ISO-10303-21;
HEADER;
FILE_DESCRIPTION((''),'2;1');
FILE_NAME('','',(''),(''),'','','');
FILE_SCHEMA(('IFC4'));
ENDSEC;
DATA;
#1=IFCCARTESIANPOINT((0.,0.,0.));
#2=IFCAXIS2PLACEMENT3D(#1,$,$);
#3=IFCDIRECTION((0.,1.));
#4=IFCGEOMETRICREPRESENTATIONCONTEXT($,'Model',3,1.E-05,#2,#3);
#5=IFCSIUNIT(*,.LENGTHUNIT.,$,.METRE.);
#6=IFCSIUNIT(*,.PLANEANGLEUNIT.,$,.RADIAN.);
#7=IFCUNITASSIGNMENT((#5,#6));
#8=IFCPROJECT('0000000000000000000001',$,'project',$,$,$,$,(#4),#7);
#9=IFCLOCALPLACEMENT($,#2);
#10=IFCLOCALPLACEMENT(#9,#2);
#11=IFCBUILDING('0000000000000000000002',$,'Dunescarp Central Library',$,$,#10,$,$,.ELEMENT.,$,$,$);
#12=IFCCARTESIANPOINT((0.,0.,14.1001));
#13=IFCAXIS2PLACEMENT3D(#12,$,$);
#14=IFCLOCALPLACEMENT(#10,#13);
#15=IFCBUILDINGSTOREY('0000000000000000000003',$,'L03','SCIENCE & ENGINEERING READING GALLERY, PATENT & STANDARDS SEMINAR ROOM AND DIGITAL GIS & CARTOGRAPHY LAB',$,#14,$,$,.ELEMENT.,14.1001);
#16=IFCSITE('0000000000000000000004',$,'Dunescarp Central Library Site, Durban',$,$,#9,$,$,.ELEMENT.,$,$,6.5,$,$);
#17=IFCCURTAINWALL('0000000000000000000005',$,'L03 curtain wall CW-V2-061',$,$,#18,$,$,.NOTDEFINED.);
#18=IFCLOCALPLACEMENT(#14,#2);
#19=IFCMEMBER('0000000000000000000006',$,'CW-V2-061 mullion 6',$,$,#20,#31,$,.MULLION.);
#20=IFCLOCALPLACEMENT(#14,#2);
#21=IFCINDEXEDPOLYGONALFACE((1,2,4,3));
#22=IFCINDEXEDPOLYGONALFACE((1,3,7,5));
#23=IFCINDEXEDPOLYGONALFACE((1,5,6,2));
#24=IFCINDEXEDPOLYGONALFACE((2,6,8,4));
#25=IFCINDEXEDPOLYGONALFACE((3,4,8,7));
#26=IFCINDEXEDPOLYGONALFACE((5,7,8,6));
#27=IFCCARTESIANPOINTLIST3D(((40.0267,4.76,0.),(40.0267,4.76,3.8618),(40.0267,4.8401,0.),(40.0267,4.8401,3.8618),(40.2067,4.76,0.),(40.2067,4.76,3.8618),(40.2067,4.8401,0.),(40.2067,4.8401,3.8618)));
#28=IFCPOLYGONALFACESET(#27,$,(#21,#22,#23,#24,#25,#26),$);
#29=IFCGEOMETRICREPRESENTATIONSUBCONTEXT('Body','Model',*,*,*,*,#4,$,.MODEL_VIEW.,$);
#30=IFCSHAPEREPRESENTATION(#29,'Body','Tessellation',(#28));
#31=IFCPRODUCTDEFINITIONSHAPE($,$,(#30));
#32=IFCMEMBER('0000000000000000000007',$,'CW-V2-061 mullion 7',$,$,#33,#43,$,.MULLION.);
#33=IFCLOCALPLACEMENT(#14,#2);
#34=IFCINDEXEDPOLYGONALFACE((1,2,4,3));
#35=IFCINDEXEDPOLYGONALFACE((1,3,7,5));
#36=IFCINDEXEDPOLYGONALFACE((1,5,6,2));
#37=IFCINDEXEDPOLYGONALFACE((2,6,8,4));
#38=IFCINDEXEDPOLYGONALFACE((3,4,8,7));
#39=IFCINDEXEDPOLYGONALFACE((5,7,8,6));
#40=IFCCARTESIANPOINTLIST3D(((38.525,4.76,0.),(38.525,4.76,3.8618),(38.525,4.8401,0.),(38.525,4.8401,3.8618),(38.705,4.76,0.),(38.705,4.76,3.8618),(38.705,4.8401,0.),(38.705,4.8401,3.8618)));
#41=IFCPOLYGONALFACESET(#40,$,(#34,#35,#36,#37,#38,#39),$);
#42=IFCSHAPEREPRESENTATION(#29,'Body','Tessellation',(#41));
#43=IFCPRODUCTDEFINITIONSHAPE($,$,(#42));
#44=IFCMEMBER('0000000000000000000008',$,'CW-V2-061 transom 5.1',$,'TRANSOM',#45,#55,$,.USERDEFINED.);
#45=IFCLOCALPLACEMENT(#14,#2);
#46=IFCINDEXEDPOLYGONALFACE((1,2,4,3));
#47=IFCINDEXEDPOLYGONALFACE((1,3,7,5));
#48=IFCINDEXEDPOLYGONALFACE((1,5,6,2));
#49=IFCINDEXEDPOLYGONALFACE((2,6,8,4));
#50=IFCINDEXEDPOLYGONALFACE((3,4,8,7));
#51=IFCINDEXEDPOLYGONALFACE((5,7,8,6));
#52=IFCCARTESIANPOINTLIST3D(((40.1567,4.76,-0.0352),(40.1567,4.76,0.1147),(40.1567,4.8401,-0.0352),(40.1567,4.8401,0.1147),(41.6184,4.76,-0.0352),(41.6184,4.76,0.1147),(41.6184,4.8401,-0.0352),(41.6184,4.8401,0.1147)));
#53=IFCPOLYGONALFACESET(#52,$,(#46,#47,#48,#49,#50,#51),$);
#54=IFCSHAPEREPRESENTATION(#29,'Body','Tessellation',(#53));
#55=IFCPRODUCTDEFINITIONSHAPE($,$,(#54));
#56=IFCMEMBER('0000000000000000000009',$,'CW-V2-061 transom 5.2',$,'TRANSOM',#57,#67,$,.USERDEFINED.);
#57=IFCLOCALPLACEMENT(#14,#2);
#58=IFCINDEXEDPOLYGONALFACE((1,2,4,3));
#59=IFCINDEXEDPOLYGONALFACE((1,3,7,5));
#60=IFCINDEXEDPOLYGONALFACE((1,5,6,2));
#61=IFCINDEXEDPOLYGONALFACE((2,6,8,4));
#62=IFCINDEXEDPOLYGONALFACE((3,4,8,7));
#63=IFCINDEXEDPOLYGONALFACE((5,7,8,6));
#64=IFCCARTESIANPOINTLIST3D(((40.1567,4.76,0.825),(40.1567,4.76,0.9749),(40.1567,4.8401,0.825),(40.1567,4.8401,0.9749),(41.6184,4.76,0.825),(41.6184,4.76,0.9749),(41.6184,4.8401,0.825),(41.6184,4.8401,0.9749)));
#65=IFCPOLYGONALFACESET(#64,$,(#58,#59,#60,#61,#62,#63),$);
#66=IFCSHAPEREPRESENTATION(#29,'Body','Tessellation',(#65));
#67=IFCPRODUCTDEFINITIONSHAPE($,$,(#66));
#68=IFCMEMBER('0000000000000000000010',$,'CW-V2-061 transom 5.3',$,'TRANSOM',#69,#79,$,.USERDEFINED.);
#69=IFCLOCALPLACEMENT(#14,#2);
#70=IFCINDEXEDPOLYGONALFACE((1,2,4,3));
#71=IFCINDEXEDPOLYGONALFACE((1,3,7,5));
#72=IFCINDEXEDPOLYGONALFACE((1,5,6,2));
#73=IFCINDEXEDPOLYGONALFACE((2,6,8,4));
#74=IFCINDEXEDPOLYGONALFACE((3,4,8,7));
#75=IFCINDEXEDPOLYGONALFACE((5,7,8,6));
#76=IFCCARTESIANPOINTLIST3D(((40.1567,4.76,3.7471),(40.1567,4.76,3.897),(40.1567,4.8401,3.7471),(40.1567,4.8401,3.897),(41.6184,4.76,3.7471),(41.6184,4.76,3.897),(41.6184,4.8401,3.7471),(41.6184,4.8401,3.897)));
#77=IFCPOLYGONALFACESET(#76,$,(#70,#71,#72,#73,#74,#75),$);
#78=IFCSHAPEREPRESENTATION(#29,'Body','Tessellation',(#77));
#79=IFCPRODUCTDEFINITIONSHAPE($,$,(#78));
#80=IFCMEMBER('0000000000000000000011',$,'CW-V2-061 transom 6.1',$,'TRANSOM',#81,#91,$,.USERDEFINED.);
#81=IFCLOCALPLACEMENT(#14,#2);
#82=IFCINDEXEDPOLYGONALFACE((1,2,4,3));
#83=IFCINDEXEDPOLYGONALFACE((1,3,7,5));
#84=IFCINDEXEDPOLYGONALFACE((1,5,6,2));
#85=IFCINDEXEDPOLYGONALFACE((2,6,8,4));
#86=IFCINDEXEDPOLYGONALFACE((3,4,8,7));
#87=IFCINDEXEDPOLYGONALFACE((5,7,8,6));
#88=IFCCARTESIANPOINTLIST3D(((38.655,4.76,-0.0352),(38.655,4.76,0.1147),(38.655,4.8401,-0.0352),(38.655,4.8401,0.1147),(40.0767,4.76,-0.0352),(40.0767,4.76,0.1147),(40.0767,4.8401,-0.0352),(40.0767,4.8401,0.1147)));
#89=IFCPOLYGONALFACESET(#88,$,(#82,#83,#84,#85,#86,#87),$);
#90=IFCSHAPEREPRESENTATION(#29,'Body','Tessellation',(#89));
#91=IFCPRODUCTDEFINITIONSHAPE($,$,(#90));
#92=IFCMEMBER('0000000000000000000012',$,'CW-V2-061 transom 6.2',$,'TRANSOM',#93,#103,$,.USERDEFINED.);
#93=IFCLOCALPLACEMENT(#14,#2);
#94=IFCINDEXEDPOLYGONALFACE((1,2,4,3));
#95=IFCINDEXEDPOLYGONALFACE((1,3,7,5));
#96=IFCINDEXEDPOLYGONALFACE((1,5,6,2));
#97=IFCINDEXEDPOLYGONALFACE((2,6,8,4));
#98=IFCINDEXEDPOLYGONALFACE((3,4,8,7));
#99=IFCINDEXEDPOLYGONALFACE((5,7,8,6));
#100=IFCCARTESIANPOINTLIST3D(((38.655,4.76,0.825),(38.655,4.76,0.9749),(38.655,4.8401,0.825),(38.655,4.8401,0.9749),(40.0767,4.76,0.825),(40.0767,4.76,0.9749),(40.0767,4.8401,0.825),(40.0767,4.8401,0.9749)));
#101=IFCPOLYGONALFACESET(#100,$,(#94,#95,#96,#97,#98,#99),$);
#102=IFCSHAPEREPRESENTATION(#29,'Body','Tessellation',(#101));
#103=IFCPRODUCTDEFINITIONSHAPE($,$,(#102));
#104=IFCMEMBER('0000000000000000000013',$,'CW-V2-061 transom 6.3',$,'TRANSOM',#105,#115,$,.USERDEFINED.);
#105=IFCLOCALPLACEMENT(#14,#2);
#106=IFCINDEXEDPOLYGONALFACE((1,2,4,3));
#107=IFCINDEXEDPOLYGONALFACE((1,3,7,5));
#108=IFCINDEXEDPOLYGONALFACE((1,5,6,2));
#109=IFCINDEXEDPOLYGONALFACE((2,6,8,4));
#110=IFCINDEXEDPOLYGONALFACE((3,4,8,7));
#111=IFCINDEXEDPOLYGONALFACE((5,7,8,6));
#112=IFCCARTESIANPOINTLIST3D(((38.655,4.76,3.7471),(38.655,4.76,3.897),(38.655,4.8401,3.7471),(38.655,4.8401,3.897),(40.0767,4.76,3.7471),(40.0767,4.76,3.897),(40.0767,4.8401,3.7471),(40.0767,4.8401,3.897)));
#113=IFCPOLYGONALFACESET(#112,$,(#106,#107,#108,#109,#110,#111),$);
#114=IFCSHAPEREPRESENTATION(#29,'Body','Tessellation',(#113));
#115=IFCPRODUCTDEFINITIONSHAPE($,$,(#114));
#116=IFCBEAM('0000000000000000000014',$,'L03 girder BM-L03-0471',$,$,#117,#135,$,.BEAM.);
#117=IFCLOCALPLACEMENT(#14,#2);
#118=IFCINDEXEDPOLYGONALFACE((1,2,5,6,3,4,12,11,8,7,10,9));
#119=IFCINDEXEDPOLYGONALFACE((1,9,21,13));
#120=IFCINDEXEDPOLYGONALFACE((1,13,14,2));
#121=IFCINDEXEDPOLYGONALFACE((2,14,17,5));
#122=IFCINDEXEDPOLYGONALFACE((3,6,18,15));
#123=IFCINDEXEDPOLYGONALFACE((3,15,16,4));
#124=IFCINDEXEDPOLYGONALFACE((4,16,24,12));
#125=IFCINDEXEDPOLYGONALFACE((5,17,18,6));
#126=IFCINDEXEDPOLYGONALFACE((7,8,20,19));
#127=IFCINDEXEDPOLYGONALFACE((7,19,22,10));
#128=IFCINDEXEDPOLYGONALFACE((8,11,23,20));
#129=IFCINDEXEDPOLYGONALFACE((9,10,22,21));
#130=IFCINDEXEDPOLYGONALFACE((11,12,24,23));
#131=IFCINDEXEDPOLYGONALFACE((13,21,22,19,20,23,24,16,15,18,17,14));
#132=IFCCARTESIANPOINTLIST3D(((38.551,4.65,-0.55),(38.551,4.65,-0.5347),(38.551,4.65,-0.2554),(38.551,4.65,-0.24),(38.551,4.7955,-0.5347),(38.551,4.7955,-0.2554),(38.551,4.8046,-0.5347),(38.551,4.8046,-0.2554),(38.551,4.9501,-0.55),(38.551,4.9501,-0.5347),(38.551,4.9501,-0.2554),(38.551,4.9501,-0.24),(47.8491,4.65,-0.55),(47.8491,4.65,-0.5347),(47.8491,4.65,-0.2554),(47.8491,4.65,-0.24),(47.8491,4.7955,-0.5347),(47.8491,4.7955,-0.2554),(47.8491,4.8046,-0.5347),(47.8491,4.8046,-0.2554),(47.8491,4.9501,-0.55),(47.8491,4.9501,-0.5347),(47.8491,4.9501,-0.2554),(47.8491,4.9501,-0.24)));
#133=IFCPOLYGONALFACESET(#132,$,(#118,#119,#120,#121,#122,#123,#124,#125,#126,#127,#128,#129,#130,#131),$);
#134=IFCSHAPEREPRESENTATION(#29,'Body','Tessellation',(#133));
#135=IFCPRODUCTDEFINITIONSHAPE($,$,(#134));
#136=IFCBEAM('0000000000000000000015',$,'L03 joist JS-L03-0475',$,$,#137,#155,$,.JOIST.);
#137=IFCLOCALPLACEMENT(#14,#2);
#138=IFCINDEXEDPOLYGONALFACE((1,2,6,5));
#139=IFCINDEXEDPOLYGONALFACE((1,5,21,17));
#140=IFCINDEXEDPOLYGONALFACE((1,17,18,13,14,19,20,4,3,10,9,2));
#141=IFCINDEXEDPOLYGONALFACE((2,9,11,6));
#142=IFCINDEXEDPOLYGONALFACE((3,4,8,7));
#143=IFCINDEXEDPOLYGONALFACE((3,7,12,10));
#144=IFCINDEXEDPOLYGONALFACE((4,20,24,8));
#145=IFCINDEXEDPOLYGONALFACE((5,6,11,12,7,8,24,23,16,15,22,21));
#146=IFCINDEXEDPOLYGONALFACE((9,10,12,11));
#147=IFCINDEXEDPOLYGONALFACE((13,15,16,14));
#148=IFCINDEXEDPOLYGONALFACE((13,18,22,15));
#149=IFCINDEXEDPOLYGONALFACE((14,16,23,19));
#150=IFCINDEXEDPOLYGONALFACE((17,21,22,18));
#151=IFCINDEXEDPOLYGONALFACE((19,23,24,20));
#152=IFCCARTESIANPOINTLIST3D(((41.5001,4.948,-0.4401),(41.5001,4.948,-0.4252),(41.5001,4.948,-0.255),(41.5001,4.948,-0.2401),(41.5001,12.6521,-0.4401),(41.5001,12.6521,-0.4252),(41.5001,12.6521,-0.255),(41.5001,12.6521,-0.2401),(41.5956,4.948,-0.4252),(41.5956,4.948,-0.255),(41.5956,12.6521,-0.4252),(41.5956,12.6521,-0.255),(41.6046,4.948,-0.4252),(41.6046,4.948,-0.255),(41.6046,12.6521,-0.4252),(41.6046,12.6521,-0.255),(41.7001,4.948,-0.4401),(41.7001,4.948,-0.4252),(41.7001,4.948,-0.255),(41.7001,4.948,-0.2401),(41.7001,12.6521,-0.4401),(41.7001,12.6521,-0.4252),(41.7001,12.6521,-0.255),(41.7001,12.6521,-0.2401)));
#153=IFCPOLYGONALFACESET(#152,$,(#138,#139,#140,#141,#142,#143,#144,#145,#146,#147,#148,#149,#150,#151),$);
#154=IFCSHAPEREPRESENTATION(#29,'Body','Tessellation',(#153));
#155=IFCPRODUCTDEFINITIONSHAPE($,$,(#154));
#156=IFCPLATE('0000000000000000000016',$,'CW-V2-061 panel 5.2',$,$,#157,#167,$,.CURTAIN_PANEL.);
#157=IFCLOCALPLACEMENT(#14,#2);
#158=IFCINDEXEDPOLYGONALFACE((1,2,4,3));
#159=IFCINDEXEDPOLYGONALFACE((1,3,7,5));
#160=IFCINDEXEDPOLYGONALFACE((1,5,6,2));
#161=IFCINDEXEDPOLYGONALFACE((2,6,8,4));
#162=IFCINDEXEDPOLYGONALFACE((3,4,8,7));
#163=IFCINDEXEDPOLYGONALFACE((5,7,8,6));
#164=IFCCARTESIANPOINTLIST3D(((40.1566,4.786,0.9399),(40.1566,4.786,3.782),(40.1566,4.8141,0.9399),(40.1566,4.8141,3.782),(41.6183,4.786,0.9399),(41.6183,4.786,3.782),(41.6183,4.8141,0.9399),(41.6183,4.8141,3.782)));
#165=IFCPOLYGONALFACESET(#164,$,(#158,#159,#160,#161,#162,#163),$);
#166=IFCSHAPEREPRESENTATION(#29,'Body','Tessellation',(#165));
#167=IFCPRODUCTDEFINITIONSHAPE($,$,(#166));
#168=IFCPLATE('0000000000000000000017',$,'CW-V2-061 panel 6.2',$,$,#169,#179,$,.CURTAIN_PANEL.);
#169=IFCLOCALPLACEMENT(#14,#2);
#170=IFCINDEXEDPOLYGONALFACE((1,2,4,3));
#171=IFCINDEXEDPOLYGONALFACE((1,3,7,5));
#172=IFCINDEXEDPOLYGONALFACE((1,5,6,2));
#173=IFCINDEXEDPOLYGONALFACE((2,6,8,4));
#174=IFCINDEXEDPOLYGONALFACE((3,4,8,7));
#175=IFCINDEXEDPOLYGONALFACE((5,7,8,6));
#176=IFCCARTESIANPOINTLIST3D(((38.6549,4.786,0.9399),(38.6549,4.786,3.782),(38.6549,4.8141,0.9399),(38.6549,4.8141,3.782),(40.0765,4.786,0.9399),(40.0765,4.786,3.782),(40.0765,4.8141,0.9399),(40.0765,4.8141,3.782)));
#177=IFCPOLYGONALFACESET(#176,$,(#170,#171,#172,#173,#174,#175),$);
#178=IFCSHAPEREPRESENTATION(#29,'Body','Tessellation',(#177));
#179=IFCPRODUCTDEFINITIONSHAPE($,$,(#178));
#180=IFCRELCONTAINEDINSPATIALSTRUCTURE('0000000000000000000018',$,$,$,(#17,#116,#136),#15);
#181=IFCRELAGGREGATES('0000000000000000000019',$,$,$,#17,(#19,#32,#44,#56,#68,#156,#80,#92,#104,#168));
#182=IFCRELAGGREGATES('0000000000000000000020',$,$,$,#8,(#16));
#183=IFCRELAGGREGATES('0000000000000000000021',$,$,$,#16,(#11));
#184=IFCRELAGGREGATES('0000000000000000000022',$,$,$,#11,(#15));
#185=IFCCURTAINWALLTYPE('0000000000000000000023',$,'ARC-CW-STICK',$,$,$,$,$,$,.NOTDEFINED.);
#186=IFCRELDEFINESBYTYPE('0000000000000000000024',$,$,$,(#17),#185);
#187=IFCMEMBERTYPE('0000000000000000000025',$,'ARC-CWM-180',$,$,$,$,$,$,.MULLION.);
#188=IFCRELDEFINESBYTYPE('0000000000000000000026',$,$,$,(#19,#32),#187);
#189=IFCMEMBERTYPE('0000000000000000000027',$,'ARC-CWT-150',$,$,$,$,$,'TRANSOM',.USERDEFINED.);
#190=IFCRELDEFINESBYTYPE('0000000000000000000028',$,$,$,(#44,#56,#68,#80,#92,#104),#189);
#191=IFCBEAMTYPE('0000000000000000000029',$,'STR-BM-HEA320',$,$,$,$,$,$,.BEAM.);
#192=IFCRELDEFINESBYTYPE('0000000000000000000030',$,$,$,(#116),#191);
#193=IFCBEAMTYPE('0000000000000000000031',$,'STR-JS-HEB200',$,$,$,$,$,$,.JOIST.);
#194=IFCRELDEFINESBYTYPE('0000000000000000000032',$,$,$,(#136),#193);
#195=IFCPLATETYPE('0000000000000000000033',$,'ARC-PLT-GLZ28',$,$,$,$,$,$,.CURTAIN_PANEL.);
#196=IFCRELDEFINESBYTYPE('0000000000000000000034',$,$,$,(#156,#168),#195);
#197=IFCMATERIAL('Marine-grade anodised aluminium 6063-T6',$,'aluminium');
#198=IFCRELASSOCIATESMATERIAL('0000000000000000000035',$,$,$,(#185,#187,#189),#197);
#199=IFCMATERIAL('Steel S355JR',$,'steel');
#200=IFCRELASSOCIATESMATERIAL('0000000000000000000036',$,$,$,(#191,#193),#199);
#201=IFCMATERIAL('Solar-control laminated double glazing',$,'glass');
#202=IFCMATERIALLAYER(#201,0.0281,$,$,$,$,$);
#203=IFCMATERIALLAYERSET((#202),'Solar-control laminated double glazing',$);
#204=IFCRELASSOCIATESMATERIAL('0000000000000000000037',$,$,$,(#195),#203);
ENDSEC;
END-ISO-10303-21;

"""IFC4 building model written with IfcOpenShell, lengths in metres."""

from ifc_helpers import new_model, si_unit, direction, frame, origin, origin_2d, place, context, subcontext, project, spatial, rectangle, i_section, extrude, material, layer, layer_set, material_profile, profile_set, type_object, element, aggregate, save


model = new_model("IFC4")

# Units and contexts
model_context = context("Model", 3, precision=1e-05, world=origin(), true_north=direction((0.0, 1.0)))
body_context = subcontext(model_context, "Body", "Model", "MODEL_VIEW")
ifc_project = project(units=[si_unit("LENGTHUNIT", "METRE"), si_unit("PLANEANGLEUNIT", "RADIAN")], contexts=[model_context])

# Site, building, storey
site_placement = place(None, origin())
site = spatial("IfcSite", under=ifc_project, at=site_placement, Name="Dunescarp Central Library Site, Durban", CompositionType="ELEMENT", RefElevation=6.5)
building_placement = place(site_placement, origin())
building = spatial("IfcBuilding", under=site, at=building_placement, Name="Dunescarp Central Library", CompositionType="ELEMENT")
storey_placement = place(building_placement, frame((0.0, 0.0, 14.1001)))
storey = spatial("IfcBuildingStorey", under=building, at=storey_placement, Name="L03", Description="SCIENCE & ENGINEERING READING GALLERY, PATENT & STANDARDS SEMINAR ROOM AND DIGITAL GIS & CARTOGRAPHY LAB", CompositionType="ELEMENT", Elevation=14.1001)

# Curtain wall, members
ifc_material_1 = material(Name="Marine-grade anodised aluminium 6063-T6", Category="aluminium")
curtain_wall_type = type_object("IfcCurtainWallType", Name="ARC-CW-STICK", PredefinedType="NOTDEFINED", material=ifc_material_1)
curtain_wall_placement = place(storey_placement, origin())
curtain_wall = element("IfcCurtainWall", 1, at=curtain_wall_placement, inside=storey, type_object=curtain_wall_type, Name="L03 curtain wall CW-V2-061", PredefinedType="NOTDEFINED")
ifc_material_profile_1 = material_profile(ifc_material_1, rectangle(XDim=0.0801, YDim=0.1799, at=origin_2d()), Name="AL 80x180")
ifc_profile_set_1 = profile_set([ifc_material_profile_1], Name="Marine-grade anodised aluminium 6063-T6")
member_type_1 = type_object("IfcMemberType", Name="ARC-CWM-180", PredefinedType="MULLION", material=ifc_profile_set_1)
member_1_placement = place(storey_placement, frame((40.1167, 4.8, 0.0), z_axis=(0.0, 0.0, 1.0), x_axis=(0.0, -1.0, 0.0)))
member_1 = element("IfcMember", 2, at=member_1_placement, type_object=member_type_1, Name="CW-V2-061 mullion 6", PredefinedType="MULLION", context=body_context, shape_type="SweptSolid", body=[
    extrude(rectangle(XDim=0.0801, YDim=0.1799, at=origin_2d()), origin(), (0.0, 0.0, 1.0), 3.8618),
])
member_2_placement = place(storey_placement, frame((38.615, 4.8, 0.0), z_axis=(0.0, 0.0, 1.0), x_axis=(0.0, -1.0, 0.0)))
member_2 = element("IfcMember", 3, at=member_2_placement, type_object=member_type_1, Name="CW-V2-061 mullion 7", PredefinedType="MULLION", context=body_context, shape_type="SweptSolid", body=[
    extrude(rectangle(XDim=0.0801, YDim=0.1799, at=origin_2d()), origin(), (0.0, 0.0, 1.0), 3.8618),
])
ifc_material_profile_2 = material_profile(ifc_material_1, rectangle(XDim=0.0801, YDim=0.1499, at=origin_2d()), Name="AL 80x150")
ifc_profile_set_2 = profile_set([ifc_material_profile_2], Name="Marine-grade anodised aluminium 6063-T6")
member_type_2 = type_object("IfcMemberType", Name="ARC-CWT-150", ElementType="TRANSOM", PredefinedType="USERDEFINED", material=ifc_profile_set_2)
member_3_placement = place(storey_placement, frame((41.6184, 4.8, 0.0398), z_axis=(-1.0, 0.0, 0.0), x_axis=(0.0, -1.0, 0.0)))
member_3 = element("IfcMember", 4, at=member_3_placement, type_object=member_type_2, Name="CW-V2-061 transom 5.1", ObjectType="TRANSOM", PredefinedType="USERDEFINED", context=body_context, shape_type="SweptSolid", body=[
    extrude(rectangle(XDim=0.0801, YDim=0.1499, at=origin_2d()), origin(), (0.0, 0.0, 1.0), 1.4617),
])
member_4_placement = place(storey_placement, frame((41.6184, 4.8, 0.8999), z_axis=(-1.0, 0.0, 0.0), x_axis=(0.0, -1.0, 0.0)))
member_4 = element("IfcMember", 5, at=member_4_placement, type_object=member_type_2, Name="CW-V2-061 transom 5.2", ObjectType="TRANSOM", PredefinedType="USERDEFINED", context=body_context, shape_type="SweptSolid", body=[
    extrude(rectangle(XDim=0.0801, YDim=0.1499, at=origin_2d()), origin(), (0.0, 0.0, 1.0), 1.4617),
])
member_5_placement = place(storey_placement, frame((41.6184, 4.8, 3.822), z_axis=(-1.0, 0.0, 0.0), x_axis=(0.0, -1.0, 0.0)))
member_5 = element("IfcMember", 6, at=member_5_placement, type_object=member_type_2, Name="CW-V2-061 transom 5.3", ObjectType="TRANSOM", PredefinedType="USERDEFINED", context=body_context, shape_type="SweptSolid", body=[
    extrude(rectangle(XDim=0.0801, YDim=0.1499, at=origin_2d()), origin(), (0.0, 0.0, 1.0), 1.4617),
])
member_6_placement = place(storey_placement, frame((40.0767, 4.8, 0.0398), z_axis=(-1.0, 0.0, 0.0), x_axis=(0.0, -1.0, 0.0)))
member_6 = element("IfcMember", 7, at=member_6_placement, type_object=member_type_2, Name="CW-V2-061 transom 6.1", ObjectType="TRANSOM", PredefinedType="USERDEFINED", context=body_context, shape_type="SweptSolid", body=[
    extrude(rectangle(XDim=0.0801, YDim=0.1499, at=origin_2d()), origin(), (0.0, 0.0, 1.0), 1.4216),
])
member_7_placement = place(storey_placement, frame((40.0767, 4.8, 0.8999), z_axis=(-1.0, 0.0, 0.0), x_axis=(0.0, -1.0, 0.0)))
member_7 = element("IfcMember", 8, at=member_7_placement, type_object=member_type_2, Name="CW-V2-061 transom 6.2", ObjectType="TRANSOM", PredefinedType="USERDEFINED", context=body_context, shape_type="SweptSolid", body=[
    extrude(rectangle(XDim=0.0801, YDim=0.1499, at=origin_2d()), origin(), (0.0, 0.0, 1.0), 1.4216),
])
member_8_placement = place(storey_placement, frame((40.0767, 4.8, 3.822), z_axis=(-1.0, 0.0, 0.0), x_axis=(0.0, -1.0, 0.0)))
member_8 = element("IfcMember", 9, at=member_8_placement, type_object=member_type_2, Name="CW-V2-061 transom 6.3", ObjectType="TRANSOM", PredefinedType="USERDEFINED", context=body_context, shape_type="SweptSolid", body=[
    extrude(rectangle(XDim=0.0801, YDim=0.1499, at=origin_2d()), origin(), (0.0, 0.0, 1.0), 1.4216),
])

# Beams
ifc_material_2 = material(Name="Steel S355JR", Category="steel")
ifc_material_profile_3 = material_profile(ifc_material_2, i_section(OverallWidth=0.3, OverallDepth=0.3101, WebThickness=0.009, FlangeThickness=0.0154, at=origin_2d()), Name="HEA 320")
ifc_profile_set_3 = profile_set([ifc_material_profile_3], Name="Steel S355JR")
beam_type_1 = type_object("IfcBeamType", Name="STR-BM-HEA320", PredefinedType="BEAM", material=ifc_profile_set_3)
beam_1_placement = place(storey_placement, frame((38.551, 4.8, -0.395), z_axis=(1.0, 0.0, 0.0), x_axis=(0.0, 1.0, 0.0)))
element("IfcBeam", 10, at=beam_1_placement, inside=storey, type_object=beam_type_1, Name="L03 girder BM-L03-0471", PredefinedType="BEAM", context=body_context, shape_type="SweptSolid", body=[
    extrude(i_section(OverallWidth=0.3, OverallDepth=0.3101, WebThickness=0.009, FlangeThickness=0.0154, at=origin_2d()), origin(), (0.0, 0.0, 1.0), 9.2981),
])
ifc_material_profile_4 = material_profile(ifc_material_2, i_section(OverallWidth=0.2, OverallDepth=0.2, WebThickness=0.009, FlangeThickness=0.0149, at=origin_2d()), Name="HEB 200")
ifc_profile_set_4 = profile_set([ifc_material_profile_4], Name="Steel S355JR")
beam_type_2 = type_object("IfcBeamType", Name="STR-JS-HEB200", PredefinedType="JOIST", material=ifc_profile_set_4)
beam_2_placement = place(storey_placement, frame((41.6001, 4.948, -0.3401), z_axis=(0.0, 1.0, 0.0), x_axis=(-1.0, 0.0, 0.0)))
element("IfcBeam", 11, at=beam_2_placement, inside=storey, type_object=beam_type_2, Name="L03 joist JS-L03-0475", PredefinedType="JOIST", context=body_context, shape_type="SweptSolid", body=[
    extrude(i_section(OverallWidth=0.2, OverallDepth=0.2, WebThickness=0.009, FlangeThickness=0.0149, at=origin_2d()), origin(), (0.0, 0.0, 1.0), 7.7041),
])

# Plates
ifc_material_3 = material(Name="Solar-control laminated double glazing", Category="glass")
ifc_layer_1 = layer(ifc_material_3, 0.0281)
ifc_layer_set_1 = layer_set([ifc_layer_1], Name="Solar-control laminated double glazing")
plate_type_1 = type_object("IfcPlateType", Name="ARC-PLT-GLZ28", PredefinedType="CURTAIN_PANEL", material=ifc_layer_set_1)
plate_1_placement = place(storey_placement, frame((40.8875, 4.8, 0.9399), z_axis=(0.0, 0.0, 1.0), x_axis=(-1.0, 0.0, 0.0)))
plate_1 = element("IfcPlate", 12, at=plate_1_placement, type_object=plate_type_1, Name="CW-V2-061 panel 5.2", PredefinedType="CURTAIN_PANEL", context=body_context, shape_type="SweptSolid", body=[
    extrude(rectangle(XDim=1.4617, YDim=0.0281, at=origin_2d()), origin(), (0.0, 0.0, 1.0), 2.842),
])
plate_2_placement = place(storey_placement, frame((39.3657, 4.8, 0.9399), z_axis=(0.0, 0.0, 1.0), x_axis=(-1.0, 0.0, 0.0)))
plate_2 = element("IfcPlate", 13, at=plate_2_placement, type_object=plate_type_1, Name="CW-V2-061 panel 6.2", PredefinedType="CURTAIN_PANEL", context=body_context, shape_type="SweptSolid", body=[
    extrude(rectangle(XDim=1.4216, YDim=0.0281, at=origin_2d()), origin(), (0.0, 0.0, 1.0), 2.842),
])
aggregate(curtain_wall, [member_1, member_2, member_3, member_4, member_5, plate_1, member_6, member_7, member_8, plate_2])

save(model, "model.ifc")
